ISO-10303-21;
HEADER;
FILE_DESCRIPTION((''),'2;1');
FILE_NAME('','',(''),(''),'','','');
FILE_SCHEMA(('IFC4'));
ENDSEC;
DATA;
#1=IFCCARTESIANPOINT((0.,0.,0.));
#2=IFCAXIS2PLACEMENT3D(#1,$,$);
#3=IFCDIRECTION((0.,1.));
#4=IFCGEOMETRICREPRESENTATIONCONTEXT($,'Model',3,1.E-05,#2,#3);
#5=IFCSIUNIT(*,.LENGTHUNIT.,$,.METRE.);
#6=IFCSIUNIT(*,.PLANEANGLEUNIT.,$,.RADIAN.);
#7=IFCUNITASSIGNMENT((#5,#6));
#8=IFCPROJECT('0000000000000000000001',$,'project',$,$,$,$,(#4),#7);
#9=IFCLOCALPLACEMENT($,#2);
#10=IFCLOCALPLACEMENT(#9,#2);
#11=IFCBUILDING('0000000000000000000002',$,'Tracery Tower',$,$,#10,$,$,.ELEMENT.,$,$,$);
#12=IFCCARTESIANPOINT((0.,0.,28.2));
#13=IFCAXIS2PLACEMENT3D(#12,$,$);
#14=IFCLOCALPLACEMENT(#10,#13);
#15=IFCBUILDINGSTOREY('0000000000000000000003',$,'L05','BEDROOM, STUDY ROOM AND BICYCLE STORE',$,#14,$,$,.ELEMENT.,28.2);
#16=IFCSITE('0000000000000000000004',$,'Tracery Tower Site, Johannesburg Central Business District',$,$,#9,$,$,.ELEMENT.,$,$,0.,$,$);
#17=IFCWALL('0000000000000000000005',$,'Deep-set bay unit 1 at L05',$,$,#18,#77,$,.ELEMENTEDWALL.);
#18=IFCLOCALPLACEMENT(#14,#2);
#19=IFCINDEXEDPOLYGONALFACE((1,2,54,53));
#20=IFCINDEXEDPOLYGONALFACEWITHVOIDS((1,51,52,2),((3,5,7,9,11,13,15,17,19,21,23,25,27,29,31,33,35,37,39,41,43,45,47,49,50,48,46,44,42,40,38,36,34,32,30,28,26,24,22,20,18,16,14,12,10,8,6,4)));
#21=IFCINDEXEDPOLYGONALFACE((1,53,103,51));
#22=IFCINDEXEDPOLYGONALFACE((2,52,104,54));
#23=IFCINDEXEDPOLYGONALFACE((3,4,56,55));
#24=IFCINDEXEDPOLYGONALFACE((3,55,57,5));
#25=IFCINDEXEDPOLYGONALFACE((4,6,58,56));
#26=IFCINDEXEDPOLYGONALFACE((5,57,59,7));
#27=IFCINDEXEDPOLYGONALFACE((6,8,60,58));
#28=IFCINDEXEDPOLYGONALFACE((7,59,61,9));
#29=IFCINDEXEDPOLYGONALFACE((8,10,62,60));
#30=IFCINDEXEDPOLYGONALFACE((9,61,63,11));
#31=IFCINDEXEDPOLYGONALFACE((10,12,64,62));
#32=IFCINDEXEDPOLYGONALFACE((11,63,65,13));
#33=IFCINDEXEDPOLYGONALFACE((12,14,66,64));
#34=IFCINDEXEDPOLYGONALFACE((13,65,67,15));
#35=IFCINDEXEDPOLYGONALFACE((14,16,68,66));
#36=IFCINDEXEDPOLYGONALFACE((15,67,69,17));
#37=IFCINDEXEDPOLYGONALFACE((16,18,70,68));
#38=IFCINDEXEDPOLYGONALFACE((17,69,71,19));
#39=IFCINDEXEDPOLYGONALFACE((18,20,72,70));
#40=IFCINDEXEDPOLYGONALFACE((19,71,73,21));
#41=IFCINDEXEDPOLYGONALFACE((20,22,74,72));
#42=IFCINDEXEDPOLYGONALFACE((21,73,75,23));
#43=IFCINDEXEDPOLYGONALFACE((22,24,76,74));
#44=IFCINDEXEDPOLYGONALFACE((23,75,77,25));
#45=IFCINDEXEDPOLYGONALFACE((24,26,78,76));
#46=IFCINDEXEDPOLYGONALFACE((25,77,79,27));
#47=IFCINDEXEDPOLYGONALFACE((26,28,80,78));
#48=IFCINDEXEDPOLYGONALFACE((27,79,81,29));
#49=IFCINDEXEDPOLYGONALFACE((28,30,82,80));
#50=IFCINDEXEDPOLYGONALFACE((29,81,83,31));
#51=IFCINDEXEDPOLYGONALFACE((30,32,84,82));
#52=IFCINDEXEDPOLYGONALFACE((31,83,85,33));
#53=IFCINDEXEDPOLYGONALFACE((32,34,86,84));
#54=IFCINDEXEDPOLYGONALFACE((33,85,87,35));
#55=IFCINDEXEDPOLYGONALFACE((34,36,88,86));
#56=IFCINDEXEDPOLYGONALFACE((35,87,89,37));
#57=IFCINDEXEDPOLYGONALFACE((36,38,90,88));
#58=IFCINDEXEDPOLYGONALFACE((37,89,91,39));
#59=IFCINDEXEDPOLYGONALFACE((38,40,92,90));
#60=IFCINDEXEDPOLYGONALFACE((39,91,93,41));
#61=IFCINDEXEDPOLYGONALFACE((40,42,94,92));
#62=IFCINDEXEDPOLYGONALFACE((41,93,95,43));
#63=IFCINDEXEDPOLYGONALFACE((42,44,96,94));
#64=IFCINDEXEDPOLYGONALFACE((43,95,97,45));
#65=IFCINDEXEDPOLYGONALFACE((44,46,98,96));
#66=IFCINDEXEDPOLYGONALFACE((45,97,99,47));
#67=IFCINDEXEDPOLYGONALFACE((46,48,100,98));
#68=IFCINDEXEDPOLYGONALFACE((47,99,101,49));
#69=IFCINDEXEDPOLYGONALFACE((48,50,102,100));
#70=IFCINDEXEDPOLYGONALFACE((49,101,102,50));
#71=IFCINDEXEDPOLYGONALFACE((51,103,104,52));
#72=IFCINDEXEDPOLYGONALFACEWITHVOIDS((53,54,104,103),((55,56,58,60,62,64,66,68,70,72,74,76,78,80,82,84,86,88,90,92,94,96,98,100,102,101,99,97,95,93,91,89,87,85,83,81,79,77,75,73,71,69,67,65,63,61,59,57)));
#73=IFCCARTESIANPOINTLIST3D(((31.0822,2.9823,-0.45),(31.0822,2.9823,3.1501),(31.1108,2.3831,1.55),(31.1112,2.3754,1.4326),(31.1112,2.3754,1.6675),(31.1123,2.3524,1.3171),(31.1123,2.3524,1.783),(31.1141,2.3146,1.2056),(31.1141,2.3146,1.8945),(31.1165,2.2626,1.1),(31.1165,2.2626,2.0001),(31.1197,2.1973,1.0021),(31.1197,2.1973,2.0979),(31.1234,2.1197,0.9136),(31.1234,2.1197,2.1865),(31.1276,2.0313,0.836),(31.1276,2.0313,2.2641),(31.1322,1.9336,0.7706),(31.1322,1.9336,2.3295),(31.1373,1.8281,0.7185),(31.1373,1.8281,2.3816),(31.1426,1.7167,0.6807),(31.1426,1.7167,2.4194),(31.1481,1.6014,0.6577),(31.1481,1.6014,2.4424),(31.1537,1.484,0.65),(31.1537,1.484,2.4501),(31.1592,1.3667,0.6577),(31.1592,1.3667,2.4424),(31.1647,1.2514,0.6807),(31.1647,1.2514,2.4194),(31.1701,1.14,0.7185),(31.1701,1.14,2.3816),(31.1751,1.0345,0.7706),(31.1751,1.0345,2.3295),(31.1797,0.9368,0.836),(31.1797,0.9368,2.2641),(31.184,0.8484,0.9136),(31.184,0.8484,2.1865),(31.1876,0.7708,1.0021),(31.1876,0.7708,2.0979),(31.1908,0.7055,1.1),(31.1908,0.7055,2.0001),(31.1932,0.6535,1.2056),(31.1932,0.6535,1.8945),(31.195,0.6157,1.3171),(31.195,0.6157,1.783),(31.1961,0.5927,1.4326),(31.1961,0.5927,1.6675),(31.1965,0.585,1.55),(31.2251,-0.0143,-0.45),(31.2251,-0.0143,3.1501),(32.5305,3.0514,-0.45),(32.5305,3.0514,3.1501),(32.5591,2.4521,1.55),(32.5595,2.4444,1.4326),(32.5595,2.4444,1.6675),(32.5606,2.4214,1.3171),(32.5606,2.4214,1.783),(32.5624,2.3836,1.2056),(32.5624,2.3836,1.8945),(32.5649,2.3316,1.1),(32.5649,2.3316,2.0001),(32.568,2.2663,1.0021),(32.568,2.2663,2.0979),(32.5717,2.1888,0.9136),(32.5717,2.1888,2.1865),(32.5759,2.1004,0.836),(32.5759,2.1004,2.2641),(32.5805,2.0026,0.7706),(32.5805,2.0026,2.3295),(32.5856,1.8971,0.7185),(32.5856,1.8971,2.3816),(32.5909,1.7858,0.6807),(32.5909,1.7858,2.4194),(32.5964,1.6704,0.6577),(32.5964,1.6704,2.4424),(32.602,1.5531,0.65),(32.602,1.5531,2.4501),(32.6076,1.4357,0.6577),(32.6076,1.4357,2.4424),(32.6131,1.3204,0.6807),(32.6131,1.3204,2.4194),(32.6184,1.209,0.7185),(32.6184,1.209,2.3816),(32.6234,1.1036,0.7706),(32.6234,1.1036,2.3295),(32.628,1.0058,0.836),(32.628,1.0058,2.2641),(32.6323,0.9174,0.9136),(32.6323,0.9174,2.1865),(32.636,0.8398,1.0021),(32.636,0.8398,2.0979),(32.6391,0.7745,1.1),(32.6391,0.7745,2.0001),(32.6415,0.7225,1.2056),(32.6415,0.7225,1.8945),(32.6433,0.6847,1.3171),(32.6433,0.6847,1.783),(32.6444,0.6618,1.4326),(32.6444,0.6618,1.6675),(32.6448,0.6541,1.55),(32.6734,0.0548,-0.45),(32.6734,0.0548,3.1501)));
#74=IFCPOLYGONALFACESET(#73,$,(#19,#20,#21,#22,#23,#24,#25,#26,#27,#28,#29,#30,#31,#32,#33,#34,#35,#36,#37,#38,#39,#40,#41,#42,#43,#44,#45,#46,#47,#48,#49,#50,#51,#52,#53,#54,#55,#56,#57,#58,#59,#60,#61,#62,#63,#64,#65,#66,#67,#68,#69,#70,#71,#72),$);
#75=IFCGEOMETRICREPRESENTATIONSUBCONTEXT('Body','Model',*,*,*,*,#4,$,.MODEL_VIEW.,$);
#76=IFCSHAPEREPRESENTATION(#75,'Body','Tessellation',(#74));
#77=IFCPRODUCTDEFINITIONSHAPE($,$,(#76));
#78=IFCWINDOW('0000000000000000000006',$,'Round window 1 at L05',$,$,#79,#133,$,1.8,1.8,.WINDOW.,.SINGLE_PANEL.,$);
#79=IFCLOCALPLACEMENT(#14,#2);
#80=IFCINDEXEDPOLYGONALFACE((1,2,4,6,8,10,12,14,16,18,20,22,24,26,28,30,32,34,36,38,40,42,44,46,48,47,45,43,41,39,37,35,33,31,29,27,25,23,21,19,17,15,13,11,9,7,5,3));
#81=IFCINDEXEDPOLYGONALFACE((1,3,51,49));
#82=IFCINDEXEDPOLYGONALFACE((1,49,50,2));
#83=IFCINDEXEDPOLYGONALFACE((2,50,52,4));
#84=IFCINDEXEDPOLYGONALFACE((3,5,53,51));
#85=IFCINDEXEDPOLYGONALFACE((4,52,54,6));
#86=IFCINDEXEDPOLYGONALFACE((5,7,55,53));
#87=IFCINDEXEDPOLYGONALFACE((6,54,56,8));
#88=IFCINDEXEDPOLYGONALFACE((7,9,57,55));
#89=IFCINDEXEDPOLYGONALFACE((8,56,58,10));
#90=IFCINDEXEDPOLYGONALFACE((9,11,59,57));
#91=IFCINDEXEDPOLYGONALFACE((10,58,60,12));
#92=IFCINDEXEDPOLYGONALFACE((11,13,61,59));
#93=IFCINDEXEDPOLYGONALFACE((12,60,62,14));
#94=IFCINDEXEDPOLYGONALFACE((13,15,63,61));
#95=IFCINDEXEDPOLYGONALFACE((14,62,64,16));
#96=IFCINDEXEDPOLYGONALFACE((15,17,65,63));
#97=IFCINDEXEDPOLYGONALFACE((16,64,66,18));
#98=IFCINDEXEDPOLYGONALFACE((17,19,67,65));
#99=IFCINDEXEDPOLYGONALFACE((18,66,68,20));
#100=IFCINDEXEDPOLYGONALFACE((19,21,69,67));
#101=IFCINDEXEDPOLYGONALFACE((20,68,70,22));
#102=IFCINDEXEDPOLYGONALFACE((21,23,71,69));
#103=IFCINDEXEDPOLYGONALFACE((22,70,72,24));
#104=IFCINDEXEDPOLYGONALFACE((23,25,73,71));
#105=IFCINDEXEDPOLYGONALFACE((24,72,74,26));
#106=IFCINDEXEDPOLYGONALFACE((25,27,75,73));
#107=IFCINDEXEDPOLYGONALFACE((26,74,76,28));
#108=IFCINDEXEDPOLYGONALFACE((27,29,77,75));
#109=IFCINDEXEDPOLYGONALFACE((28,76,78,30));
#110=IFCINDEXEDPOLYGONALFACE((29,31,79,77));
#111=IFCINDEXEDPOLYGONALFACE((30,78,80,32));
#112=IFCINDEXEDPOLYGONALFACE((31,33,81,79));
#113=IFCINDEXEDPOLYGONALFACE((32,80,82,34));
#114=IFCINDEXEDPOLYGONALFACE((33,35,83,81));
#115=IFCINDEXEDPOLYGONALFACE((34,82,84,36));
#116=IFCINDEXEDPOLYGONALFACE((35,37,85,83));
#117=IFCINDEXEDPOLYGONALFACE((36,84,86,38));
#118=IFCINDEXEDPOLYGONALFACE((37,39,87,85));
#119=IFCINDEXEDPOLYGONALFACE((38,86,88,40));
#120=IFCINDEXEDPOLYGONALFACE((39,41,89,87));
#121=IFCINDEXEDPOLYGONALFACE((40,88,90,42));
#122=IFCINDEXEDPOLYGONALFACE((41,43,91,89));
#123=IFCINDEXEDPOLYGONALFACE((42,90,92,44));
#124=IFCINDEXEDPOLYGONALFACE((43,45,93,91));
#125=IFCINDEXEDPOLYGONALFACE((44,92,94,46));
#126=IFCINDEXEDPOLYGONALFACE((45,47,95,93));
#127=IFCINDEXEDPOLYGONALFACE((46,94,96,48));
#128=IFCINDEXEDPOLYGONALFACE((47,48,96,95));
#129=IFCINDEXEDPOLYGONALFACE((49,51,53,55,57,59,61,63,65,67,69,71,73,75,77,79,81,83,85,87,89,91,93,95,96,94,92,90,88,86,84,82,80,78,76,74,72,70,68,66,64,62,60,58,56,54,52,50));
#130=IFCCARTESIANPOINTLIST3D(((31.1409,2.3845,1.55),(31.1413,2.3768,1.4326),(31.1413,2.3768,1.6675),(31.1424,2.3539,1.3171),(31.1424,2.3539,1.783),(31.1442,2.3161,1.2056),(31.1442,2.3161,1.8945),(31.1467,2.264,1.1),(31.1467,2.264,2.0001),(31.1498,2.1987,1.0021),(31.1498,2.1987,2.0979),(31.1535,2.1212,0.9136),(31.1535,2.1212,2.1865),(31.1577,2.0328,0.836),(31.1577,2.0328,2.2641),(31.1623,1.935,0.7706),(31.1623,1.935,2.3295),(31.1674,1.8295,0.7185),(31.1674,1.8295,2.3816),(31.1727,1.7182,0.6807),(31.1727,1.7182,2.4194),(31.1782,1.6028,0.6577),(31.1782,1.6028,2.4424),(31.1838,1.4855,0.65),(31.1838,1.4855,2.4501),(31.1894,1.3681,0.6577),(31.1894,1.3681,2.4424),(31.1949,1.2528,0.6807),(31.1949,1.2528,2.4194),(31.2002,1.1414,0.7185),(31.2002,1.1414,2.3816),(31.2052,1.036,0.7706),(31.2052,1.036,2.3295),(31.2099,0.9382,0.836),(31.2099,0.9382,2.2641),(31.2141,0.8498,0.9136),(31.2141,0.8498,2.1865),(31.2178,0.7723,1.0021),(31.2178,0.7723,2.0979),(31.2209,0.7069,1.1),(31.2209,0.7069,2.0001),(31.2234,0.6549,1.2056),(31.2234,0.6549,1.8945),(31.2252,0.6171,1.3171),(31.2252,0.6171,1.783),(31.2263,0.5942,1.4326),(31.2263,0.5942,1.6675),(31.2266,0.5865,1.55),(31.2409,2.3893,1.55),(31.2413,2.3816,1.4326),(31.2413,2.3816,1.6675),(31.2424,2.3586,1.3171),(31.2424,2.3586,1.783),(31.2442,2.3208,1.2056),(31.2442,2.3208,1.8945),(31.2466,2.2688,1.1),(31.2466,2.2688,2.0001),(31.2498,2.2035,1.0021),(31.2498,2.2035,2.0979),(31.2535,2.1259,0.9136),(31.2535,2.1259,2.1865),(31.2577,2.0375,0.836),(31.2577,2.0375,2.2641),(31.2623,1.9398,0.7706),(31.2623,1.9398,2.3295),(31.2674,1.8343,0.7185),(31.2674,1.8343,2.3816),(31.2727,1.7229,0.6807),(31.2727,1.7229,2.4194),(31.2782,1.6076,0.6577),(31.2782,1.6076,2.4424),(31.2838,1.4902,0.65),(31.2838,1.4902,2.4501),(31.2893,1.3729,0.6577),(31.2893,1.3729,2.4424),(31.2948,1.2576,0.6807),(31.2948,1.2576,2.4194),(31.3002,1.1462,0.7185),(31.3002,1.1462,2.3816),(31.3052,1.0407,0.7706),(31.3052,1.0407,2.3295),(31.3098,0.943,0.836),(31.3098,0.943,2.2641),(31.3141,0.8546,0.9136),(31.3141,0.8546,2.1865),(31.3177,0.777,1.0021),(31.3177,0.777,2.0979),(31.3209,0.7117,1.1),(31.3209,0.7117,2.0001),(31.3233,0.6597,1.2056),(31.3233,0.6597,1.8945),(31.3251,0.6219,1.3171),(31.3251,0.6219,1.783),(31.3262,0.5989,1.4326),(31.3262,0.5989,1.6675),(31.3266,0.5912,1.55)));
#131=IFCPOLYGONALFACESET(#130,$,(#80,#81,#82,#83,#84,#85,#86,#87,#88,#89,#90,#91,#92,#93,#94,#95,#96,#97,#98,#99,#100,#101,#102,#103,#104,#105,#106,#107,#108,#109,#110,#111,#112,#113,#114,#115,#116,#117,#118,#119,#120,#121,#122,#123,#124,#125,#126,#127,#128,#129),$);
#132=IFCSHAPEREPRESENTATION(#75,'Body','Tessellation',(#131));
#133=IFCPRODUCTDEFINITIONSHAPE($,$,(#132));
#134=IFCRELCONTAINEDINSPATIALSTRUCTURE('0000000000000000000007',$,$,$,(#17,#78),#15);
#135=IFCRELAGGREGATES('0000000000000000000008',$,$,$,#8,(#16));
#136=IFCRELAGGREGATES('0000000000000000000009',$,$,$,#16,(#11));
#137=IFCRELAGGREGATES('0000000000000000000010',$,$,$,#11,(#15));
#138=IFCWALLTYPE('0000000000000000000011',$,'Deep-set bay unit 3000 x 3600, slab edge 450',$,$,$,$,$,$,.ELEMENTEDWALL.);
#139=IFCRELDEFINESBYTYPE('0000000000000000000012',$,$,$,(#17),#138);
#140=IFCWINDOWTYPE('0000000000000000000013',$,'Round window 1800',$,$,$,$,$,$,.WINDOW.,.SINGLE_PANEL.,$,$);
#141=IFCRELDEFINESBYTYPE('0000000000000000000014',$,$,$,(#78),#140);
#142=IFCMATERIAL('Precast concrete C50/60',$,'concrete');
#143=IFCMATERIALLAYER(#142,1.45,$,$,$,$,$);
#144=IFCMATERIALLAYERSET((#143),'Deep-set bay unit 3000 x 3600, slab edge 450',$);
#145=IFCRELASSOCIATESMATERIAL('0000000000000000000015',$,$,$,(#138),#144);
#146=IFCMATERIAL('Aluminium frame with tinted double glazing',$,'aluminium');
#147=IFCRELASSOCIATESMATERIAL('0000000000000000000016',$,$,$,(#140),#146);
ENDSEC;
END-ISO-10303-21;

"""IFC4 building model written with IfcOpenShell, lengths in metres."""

from ifc_helpers import new_model, si_unit, direction, frame, frame_2d, origin, origin_2d, place, context, subcontext, project, spatial, rectangle, circle, extrude, material, layer, layer_set, type_object, element, fill, save


model = new_model("IFC4")

# Units and contexts
model_context = context("Model", 3, precision=1e-05, world=origin(), true_north=direction((0.0, 1.0)))
body_context = subcontext(model_context, "Body", "Model", "MODEL_VIEW")
ifc_project = project(units=[si_unit("LENGTHUNIT", "METRE"), si_unit("PLANEANGLEUNIT", "RADIAN")], contexts=[model_context])

# Site, building, storey
site_placement = place(None, origin())
site = spatial("IfcSite", under=ifc_project, at=site_placement, Name="Tracery Tower Site, Johannesburg Central Business District", CompositionType="ELEMENT", RefElevation=0.0)
building_placement = place(site_placement, origin())
building = spatial("IfcBuilding", under=site, at=building_placement, Name="Tracery Tower", CompositionType="ELEMENT")
storey_placement = place(building_placement, frame((0.0, 0.0, 28.2)))
storey = spatial("IfcBuildingStorey", under=building, at=storey_placement, Name="L05", Description="BEDROOM, STUDY ROOM AND BICYCLE STORE", CompositionType="ELEMENT", Elevation=28.2)

# Wall, opening, window
ifc_material_1 = material(Name="Precast concrete C50/60", Category="concrete")
ifc_layer_1 = layer(ifc_material_1, 1.45)
ifc_layer_set_1 = layer_set([ifc_layer_1], Name="Deep-set bay unit 3000 x 3600, slab edge 450")
wall_type_1 = type_object("IfcWallType", Name="Deep-set bay unit 3000 x 3600, slab edge 450", PredefinedType="ELEMENTEDWALL", material=ifc_layer_set_1)
wall_1_placement = place(storey_placement, frame((31.9492, 0.0203, -0.45), z_axis=(0.0, 0.0, 1.0), x_axis=(-0.047608, 0.998866, 0.0)))
wall_1 = element("IfcWall", 1, at=wall_1_placement, inside=storey, type_object=wall_type_1, Name="Deep-set bay unit 1 at L05", PredefinedType="ELEMENTEDWALL", context=body_context, shape_type="SweptSolid", body=[
    extrude(rectangle(XDim=3.0, YDim=1.45, at=frame_2d((1.5, 0.0))), origin(), (0.0, 0.0, 1.0), 3.6001),
])
opening_1_placement = place(wall_1_placement, frame((1.5, 0.0, 2.0)))
opening_1 = element("IfcOpeningElement", 2, at=opening_1_placement, cuts=wall_1, PredefinedType="OPENING", context=body_context, shape_type="SweptSolid", body=[
    extrude(circle(Radius=0.9, at=origin_2d()), frame((0.0, 0.7349, 0.0), z_axis=(0.0, -1.0, 0.0), x_axis=(1.0, 0.0, 0.0)), (0.0, 0.0, 1.0), 1.47),
])
ifc_material_2 = material(Name="Aluminium frame with tinted double glazing", Category="aluminium")
window_type = type_object("IfcWindowType", Name="Round window 1800", PartitioningType="SINGLE_PANEL", PredefinedType="WINDOW", material=ifc_material_2)
window_1_placement = place(opening_1_placement, origin())
window_1 = element("IfcWindow", 3, at=window_1_placement, inside=storey, type_object=window_type, Name="Round window 1 at L05", OverallHeight=1.8, OverallWidth=1.8, PartitioningType="SINGLE_PANEL", PredefinedType="WINDOW", context=body_context, shape_type="SweptSolid", body=[
    extrude(circle(Radius=0.9, at=origin_2d()), frame((0.0, 0.6948, 0.0), z_axis=(0.0, -1.0, 0.0), x_axis=(1.0, 0.0, 0.0)), (0.0, 0.0, 1.0), 0.1001),
])
fill(opening_1, window_1)

save(model, "model.ifc")
